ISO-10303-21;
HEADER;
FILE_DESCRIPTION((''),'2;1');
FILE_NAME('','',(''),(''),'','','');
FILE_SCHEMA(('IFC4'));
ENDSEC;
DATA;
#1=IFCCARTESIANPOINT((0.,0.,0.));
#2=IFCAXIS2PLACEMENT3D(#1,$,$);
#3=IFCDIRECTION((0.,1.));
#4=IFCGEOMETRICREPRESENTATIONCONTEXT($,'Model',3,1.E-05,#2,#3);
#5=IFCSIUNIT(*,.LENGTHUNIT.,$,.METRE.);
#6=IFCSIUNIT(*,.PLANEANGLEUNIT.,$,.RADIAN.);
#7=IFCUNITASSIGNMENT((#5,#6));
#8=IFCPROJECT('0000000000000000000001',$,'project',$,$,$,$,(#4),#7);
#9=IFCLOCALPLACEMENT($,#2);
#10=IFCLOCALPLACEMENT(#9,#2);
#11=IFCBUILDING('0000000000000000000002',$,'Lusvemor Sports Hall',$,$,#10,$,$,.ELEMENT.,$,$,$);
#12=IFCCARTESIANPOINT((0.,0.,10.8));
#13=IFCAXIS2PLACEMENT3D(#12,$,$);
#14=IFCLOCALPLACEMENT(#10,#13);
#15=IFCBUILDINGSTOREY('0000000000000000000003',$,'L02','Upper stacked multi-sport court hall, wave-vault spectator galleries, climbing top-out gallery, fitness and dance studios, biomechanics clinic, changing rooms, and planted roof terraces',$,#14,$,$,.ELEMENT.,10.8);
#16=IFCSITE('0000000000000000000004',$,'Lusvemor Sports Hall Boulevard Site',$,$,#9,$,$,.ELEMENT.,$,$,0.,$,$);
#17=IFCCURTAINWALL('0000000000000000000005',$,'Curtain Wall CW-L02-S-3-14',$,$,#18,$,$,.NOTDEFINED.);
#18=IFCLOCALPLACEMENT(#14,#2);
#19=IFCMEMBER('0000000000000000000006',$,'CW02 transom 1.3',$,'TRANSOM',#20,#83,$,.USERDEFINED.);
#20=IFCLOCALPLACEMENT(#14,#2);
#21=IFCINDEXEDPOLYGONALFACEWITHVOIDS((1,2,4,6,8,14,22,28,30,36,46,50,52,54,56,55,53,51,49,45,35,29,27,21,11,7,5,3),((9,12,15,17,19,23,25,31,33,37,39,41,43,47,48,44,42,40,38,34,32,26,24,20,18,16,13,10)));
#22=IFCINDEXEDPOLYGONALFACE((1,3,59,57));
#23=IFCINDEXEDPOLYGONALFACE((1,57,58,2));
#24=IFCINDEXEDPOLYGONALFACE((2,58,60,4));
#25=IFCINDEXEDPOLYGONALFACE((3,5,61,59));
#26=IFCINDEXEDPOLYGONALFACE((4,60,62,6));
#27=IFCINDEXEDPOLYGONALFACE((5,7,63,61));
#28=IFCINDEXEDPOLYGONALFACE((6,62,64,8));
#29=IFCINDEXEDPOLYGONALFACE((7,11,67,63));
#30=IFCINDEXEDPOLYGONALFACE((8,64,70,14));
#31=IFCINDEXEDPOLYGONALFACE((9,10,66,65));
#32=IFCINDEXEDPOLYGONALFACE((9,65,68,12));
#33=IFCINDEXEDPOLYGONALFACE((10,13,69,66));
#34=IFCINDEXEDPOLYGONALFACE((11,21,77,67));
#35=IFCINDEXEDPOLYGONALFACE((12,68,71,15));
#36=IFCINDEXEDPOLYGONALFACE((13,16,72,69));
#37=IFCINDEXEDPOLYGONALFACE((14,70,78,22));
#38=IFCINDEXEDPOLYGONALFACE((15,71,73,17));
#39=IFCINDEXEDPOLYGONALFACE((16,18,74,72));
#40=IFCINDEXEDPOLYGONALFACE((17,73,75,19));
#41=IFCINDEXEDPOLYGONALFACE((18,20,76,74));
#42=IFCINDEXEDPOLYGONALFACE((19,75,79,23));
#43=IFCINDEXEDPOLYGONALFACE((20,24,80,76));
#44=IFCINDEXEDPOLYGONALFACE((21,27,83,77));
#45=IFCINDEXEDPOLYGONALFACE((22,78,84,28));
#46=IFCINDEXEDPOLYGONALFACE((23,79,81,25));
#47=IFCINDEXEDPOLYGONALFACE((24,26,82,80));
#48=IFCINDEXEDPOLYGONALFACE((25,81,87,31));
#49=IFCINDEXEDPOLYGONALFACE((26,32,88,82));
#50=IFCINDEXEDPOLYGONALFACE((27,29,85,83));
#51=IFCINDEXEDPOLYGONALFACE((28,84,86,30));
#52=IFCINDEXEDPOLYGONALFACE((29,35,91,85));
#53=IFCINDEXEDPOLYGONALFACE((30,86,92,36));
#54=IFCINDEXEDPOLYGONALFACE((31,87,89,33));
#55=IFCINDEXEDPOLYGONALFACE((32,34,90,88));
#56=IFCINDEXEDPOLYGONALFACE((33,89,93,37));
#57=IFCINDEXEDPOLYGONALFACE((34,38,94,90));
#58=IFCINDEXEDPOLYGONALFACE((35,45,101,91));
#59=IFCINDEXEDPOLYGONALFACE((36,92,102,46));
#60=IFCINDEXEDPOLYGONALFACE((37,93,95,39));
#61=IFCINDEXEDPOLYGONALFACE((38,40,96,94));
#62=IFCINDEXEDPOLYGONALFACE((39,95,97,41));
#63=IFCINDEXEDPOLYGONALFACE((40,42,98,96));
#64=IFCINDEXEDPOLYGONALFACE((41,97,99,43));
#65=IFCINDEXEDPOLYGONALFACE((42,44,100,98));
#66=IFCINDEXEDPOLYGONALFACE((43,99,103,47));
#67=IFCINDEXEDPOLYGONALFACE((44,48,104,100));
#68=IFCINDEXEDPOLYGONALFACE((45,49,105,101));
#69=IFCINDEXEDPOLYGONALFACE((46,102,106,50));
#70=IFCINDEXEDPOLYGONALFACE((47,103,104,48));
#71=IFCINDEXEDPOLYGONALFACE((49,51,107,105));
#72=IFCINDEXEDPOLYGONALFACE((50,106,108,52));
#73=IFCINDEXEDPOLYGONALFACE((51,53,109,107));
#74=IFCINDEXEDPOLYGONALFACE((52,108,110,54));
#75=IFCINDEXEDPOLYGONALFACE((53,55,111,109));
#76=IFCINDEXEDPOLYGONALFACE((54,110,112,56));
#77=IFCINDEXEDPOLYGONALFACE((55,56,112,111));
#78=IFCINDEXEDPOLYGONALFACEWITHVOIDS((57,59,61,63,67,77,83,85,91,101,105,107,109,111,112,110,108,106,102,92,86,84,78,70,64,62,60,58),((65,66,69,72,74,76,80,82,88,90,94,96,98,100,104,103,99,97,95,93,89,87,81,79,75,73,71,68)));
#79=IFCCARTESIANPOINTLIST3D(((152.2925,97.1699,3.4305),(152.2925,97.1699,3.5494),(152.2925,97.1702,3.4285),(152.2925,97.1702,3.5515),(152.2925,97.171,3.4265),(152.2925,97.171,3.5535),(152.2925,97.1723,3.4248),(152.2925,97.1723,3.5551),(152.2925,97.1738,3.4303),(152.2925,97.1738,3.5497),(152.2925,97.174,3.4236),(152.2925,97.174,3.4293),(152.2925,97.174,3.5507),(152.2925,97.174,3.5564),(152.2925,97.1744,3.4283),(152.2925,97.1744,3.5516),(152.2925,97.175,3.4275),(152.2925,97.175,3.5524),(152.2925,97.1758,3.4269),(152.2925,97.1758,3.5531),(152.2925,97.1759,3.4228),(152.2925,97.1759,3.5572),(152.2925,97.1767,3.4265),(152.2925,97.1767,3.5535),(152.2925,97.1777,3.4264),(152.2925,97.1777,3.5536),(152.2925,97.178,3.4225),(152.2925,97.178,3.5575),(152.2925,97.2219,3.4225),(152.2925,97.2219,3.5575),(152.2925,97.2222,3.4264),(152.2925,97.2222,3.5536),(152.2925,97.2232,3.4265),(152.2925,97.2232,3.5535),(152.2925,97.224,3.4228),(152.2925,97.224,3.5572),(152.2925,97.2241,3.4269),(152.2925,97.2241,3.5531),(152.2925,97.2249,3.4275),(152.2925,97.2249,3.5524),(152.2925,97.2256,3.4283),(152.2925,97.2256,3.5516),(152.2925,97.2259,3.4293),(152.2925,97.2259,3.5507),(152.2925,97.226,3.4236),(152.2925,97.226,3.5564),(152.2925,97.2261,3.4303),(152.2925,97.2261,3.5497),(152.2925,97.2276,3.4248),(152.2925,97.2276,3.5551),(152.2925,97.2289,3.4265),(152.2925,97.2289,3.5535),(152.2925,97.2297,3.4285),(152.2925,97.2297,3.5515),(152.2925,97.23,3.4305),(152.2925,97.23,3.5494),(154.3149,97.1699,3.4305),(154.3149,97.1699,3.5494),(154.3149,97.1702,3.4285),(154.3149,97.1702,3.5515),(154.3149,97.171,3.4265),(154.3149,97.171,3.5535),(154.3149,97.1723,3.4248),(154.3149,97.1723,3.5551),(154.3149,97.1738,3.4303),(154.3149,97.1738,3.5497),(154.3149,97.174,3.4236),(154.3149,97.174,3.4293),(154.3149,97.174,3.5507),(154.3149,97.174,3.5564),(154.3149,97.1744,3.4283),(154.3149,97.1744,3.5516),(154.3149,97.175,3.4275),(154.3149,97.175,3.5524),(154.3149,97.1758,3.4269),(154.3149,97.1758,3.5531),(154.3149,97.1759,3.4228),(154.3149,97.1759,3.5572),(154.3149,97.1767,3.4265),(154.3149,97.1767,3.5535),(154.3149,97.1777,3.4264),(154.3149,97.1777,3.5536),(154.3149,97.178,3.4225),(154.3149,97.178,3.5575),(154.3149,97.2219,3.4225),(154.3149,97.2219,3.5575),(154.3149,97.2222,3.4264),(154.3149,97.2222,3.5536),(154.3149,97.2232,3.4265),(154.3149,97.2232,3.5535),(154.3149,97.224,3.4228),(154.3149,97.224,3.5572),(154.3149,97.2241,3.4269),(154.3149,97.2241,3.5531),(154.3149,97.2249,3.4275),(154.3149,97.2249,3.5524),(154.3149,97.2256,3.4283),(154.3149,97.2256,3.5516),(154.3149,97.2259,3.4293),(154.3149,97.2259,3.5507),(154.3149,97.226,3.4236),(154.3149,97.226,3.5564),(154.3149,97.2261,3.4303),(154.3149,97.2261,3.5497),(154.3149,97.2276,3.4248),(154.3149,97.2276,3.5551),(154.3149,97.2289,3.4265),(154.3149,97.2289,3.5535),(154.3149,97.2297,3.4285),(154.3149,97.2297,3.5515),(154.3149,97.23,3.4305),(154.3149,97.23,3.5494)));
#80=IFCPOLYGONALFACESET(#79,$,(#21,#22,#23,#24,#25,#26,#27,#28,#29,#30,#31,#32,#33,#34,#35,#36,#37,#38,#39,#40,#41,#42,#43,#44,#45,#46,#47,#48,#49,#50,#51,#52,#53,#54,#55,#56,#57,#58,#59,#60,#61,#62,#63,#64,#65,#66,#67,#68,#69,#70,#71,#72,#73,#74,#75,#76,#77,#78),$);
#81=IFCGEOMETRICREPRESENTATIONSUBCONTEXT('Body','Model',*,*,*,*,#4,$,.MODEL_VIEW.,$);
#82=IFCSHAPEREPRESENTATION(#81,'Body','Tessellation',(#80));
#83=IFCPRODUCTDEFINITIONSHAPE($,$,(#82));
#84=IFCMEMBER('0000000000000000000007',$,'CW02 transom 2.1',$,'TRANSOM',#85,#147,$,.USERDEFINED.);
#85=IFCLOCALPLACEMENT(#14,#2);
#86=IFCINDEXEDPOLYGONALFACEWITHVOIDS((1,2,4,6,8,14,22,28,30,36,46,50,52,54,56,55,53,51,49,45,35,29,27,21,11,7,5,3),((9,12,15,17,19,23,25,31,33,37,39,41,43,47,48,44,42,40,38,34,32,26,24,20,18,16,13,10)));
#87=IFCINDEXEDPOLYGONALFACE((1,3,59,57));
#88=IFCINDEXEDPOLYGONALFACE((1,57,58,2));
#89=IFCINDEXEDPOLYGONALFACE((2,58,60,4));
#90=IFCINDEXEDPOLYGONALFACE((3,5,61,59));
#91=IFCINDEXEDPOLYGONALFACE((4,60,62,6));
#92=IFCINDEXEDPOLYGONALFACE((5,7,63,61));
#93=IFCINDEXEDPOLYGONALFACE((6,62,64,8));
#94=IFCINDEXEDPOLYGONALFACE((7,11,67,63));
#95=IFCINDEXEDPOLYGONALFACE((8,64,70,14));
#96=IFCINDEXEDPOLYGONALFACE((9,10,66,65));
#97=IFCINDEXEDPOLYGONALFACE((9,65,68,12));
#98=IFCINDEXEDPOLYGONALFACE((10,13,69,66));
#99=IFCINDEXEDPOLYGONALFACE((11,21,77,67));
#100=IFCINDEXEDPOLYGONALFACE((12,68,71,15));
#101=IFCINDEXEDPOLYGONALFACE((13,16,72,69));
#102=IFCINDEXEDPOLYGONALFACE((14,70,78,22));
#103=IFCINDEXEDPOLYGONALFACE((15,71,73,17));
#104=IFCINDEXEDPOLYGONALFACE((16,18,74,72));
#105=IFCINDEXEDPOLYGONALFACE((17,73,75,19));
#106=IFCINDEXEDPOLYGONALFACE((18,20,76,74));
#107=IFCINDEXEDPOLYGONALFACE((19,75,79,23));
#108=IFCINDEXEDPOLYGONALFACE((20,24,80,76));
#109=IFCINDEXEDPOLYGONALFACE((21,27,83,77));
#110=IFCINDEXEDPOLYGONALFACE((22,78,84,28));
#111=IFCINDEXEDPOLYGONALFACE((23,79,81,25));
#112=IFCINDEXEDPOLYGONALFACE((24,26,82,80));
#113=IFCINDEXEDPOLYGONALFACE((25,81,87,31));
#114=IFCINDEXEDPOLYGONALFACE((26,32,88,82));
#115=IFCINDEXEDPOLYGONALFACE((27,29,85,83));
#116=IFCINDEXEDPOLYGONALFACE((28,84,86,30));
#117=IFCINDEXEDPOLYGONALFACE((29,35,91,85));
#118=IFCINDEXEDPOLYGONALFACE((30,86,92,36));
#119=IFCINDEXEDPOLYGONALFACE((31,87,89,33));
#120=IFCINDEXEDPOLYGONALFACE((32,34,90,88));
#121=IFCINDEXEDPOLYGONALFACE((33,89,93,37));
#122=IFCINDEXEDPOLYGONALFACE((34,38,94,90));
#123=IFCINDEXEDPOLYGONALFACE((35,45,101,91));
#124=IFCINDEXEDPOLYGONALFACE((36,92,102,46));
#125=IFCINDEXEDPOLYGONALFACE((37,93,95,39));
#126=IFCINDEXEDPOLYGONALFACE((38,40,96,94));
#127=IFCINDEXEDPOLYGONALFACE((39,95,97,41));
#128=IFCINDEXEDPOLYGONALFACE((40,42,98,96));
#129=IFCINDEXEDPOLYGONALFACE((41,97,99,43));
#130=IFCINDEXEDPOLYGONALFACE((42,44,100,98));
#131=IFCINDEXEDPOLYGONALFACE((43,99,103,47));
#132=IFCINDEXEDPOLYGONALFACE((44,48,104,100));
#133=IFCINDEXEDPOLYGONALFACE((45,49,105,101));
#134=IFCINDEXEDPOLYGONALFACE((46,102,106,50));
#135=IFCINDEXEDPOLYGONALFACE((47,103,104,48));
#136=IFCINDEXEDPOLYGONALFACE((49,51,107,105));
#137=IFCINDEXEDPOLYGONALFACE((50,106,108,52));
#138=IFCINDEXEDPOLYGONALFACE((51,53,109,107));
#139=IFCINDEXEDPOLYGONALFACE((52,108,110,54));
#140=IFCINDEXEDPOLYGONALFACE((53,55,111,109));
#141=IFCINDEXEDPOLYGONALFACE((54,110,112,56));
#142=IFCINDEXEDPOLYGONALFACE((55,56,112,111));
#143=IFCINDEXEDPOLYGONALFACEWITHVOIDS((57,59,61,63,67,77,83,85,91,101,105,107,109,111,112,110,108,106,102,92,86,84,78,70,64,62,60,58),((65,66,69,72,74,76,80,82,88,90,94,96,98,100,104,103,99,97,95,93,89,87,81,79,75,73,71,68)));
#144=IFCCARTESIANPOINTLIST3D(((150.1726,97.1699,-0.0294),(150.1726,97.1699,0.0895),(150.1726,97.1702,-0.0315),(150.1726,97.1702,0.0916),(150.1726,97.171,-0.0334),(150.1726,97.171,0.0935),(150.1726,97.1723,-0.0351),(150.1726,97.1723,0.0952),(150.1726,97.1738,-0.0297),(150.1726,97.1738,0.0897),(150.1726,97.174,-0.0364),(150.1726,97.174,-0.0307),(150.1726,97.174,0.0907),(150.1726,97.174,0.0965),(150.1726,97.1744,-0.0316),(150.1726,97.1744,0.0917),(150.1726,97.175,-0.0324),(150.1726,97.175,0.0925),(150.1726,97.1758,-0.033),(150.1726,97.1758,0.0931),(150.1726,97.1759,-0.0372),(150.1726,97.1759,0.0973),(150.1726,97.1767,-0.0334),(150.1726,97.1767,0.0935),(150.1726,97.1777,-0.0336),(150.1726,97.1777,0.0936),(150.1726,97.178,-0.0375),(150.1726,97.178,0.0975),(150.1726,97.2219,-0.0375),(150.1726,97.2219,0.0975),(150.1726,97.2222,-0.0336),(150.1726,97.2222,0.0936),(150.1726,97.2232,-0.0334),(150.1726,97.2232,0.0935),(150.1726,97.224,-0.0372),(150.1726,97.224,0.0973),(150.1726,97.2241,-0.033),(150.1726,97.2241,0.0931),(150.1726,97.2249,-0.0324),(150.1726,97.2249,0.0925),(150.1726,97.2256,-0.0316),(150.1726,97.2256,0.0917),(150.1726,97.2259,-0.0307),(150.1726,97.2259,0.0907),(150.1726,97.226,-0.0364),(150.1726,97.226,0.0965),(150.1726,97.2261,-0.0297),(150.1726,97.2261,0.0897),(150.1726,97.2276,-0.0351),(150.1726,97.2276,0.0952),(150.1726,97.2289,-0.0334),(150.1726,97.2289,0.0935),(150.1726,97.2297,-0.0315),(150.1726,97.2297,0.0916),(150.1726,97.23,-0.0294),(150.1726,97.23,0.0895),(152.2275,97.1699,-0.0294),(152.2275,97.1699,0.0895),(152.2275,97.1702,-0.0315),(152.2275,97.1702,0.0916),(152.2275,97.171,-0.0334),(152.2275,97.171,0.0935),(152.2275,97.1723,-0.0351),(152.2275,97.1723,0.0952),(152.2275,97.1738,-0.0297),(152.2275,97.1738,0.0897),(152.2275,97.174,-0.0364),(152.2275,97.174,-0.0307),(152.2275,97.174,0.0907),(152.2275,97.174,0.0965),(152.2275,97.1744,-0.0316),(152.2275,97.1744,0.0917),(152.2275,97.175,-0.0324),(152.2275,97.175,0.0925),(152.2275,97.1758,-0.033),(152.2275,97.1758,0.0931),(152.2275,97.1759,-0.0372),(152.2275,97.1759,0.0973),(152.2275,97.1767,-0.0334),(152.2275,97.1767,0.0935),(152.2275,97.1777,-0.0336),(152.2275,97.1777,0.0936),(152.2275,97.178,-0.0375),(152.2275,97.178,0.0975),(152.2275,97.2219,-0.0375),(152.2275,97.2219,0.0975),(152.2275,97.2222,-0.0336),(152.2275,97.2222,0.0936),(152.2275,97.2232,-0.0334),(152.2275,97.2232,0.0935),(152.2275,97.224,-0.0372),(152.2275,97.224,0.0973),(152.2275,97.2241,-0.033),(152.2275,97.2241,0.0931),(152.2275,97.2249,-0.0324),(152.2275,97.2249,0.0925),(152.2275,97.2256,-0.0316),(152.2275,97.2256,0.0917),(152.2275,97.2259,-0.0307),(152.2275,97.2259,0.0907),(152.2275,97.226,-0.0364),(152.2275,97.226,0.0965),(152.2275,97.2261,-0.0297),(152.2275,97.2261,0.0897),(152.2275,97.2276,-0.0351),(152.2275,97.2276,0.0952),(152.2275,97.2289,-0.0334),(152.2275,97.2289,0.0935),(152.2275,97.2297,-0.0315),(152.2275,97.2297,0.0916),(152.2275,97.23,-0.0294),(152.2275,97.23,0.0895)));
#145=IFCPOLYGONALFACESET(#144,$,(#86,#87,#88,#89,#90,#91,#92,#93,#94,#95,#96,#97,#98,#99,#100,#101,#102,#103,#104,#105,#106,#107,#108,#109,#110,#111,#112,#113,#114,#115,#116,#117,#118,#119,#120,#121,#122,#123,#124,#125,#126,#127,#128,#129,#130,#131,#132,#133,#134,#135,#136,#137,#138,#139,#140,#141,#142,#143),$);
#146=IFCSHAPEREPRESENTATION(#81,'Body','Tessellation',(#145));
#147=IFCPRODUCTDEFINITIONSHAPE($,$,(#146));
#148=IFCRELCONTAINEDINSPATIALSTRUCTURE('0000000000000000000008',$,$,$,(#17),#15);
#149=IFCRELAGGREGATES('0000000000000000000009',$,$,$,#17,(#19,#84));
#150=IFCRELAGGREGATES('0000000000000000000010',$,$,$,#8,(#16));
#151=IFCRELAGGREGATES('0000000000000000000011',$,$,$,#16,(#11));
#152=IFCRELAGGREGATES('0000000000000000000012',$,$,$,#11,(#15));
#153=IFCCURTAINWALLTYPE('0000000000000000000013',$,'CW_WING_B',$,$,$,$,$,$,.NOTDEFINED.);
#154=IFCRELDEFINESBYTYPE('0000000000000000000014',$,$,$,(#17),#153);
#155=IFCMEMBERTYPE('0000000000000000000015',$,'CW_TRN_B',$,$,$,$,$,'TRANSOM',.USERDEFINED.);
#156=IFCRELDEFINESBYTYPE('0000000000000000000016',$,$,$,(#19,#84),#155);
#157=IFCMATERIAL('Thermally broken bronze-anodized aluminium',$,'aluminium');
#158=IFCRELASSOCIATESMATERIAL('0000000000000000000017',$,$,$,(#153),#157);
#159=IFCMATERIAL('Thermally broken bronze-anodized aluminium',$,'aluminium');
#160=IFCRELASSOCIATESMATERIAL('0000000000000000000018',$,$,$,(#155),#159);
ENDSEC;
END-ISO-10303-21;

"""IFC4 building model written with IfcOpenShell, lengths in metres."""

from ifc_helpers import new_model, si_unit, direction, frame, origin, origin_2d, place, context, subcontext, project, spatial, hollow_rectangle, extrude, material, material_profile, profile_set, type_object, element, aggregate, save


model = new_model("IFC4")

# Units and contexts
model_context = context("Model", 3, precision=1e-05, world=origin(), true_north=direction((0.0, 1.0)))
body_context = subcontext(model_context, "Body", "Model", "MODEL_VIEW")
ifc_project = project(units=[si_unit("LENGTHUNIT", "METRE"), si_unit("PLANEANGLEUNIT", "RADIAN")], contexts=[model_context])

# Site, building, storey
site_placement = place(None, origin())
site = spatial("IfcSite", under=ifc_project, at=site_placement, Name="Lusvemor Sports Hall Boulevard Site", CompositionType="ELEMENT", RefElevation=0.0)
building_placement = place(site_placement, origin())
building = spatial("IfcBuilding", under=site, at=building_placement, Name="Lusvemor Sports Hall", CompositionType="ELEMENT")
storey_placement = place(building_placement, frame((0.0, 0.0, 10.8)))
storey = spatial("IfcBuildingStorey", under=building, at=storey_placement, Name="L02", Description="Upper stacked multi-sport court hall, wave-vault spectator galleries, climbing top-out gallery, fitness and dance studios, biomechanics clinic, changing rooms, and planted roof terraces", CompositionType="ELEMENT", Elevation=10.8)

# Curtain wall, members
ifc_material_1 = material(Name="Thermally broken bronze-anodized aluminium", Category="aluminium")
curtain_wall_type = type_object("IfcCurtainWallType", Name="CW_WING_B", PredefinedType="NOTDEFINED", material=ifc_material_1)
curtain_wall_placement = place(storey_placement, origin())
curtain_wall = element("IfcCurtainWall", 1, at=curtain_wall_placement, inside=storey, type_object=curtain_wall_type, Name="Curtain Wall CW-L02-S-3-14", PredefinedType="NOTDEFINED")
ifc_material_2 = material(Name="Thermally broken bronze-anodized aluminium", Category="aluminium")
ifc_material_profile_1 = material_profile(ifc_material_2, hollow_rectangle(XDim=0.0601, YDim=0.135, WallThickness=0.0039, InnerFilletRadius=0.0039, OuterFilletRadius=0.0081, at=origin_2d()), Name="CWTRN135x60x4")
ifc_profile_set_1 = profile_set([ifc_material_profile_1], Name="Thermally broken bronze-anodized aluminium")
member_type_1 = type_object("IfcMemberType", Name="CW_TRN_B", ElementType="TRANSOM", PredefinedType="USERDEFINED", material=ifc_profile_set_1)
member_1_placement = place(storey_placement, frame((154.3149, 97.2, 3.49), z_axis=(-1.0, 0.0, 0.0), x_axis=(0.0, -1.0, 0.0)))
member_1 = element("IfcMember", 2, at=member_1_placement, type_object=member_type_1, Name="CW02 transom 1.3", ObjectType="TRANSOM", PredefinedType="USERDEFINED", context=body_context, shape_type="SweptSolid", body=[
    extrude(hollow_rectangle(XDim=0.0601, YDim=0.135, WallThickness=0.0039, InnerFilletRadius=0.0039, OuterFilletRadius=0.0081, at=origin_2d()), origin(), (0.0, 0.0, 1.0), 2.0225),
])
member_2_placement = place(storey_placement, frame((152.2275, 97.2, 0.03), z_axis=(-1.0, 0.0, 0.0), x_axis=(0.0, -1.0, 0.0)))
member_2 = element("IfcMember", 3, at=member_2_placement, type_object=member_type_1, Name="CW02 transom 2.1", ObjectType="TRANSOM", PredefinedType="USERDEFINED", context=body_context, shape_type="SweptSolid", body=[
    extrude(hollow_rectangle(XDim=0.0601, YDim=0.135, WallThickness=0.0039, InnerFilletRadius=0.0039, OuterFilletRadius=0.0081, at=origin_2d()), origin(), (0.0, 0.0, 1.0), 2.0549),
])

aggregate(curtain_wall, [member_1, member_2])

save(model, "model.ifc")
